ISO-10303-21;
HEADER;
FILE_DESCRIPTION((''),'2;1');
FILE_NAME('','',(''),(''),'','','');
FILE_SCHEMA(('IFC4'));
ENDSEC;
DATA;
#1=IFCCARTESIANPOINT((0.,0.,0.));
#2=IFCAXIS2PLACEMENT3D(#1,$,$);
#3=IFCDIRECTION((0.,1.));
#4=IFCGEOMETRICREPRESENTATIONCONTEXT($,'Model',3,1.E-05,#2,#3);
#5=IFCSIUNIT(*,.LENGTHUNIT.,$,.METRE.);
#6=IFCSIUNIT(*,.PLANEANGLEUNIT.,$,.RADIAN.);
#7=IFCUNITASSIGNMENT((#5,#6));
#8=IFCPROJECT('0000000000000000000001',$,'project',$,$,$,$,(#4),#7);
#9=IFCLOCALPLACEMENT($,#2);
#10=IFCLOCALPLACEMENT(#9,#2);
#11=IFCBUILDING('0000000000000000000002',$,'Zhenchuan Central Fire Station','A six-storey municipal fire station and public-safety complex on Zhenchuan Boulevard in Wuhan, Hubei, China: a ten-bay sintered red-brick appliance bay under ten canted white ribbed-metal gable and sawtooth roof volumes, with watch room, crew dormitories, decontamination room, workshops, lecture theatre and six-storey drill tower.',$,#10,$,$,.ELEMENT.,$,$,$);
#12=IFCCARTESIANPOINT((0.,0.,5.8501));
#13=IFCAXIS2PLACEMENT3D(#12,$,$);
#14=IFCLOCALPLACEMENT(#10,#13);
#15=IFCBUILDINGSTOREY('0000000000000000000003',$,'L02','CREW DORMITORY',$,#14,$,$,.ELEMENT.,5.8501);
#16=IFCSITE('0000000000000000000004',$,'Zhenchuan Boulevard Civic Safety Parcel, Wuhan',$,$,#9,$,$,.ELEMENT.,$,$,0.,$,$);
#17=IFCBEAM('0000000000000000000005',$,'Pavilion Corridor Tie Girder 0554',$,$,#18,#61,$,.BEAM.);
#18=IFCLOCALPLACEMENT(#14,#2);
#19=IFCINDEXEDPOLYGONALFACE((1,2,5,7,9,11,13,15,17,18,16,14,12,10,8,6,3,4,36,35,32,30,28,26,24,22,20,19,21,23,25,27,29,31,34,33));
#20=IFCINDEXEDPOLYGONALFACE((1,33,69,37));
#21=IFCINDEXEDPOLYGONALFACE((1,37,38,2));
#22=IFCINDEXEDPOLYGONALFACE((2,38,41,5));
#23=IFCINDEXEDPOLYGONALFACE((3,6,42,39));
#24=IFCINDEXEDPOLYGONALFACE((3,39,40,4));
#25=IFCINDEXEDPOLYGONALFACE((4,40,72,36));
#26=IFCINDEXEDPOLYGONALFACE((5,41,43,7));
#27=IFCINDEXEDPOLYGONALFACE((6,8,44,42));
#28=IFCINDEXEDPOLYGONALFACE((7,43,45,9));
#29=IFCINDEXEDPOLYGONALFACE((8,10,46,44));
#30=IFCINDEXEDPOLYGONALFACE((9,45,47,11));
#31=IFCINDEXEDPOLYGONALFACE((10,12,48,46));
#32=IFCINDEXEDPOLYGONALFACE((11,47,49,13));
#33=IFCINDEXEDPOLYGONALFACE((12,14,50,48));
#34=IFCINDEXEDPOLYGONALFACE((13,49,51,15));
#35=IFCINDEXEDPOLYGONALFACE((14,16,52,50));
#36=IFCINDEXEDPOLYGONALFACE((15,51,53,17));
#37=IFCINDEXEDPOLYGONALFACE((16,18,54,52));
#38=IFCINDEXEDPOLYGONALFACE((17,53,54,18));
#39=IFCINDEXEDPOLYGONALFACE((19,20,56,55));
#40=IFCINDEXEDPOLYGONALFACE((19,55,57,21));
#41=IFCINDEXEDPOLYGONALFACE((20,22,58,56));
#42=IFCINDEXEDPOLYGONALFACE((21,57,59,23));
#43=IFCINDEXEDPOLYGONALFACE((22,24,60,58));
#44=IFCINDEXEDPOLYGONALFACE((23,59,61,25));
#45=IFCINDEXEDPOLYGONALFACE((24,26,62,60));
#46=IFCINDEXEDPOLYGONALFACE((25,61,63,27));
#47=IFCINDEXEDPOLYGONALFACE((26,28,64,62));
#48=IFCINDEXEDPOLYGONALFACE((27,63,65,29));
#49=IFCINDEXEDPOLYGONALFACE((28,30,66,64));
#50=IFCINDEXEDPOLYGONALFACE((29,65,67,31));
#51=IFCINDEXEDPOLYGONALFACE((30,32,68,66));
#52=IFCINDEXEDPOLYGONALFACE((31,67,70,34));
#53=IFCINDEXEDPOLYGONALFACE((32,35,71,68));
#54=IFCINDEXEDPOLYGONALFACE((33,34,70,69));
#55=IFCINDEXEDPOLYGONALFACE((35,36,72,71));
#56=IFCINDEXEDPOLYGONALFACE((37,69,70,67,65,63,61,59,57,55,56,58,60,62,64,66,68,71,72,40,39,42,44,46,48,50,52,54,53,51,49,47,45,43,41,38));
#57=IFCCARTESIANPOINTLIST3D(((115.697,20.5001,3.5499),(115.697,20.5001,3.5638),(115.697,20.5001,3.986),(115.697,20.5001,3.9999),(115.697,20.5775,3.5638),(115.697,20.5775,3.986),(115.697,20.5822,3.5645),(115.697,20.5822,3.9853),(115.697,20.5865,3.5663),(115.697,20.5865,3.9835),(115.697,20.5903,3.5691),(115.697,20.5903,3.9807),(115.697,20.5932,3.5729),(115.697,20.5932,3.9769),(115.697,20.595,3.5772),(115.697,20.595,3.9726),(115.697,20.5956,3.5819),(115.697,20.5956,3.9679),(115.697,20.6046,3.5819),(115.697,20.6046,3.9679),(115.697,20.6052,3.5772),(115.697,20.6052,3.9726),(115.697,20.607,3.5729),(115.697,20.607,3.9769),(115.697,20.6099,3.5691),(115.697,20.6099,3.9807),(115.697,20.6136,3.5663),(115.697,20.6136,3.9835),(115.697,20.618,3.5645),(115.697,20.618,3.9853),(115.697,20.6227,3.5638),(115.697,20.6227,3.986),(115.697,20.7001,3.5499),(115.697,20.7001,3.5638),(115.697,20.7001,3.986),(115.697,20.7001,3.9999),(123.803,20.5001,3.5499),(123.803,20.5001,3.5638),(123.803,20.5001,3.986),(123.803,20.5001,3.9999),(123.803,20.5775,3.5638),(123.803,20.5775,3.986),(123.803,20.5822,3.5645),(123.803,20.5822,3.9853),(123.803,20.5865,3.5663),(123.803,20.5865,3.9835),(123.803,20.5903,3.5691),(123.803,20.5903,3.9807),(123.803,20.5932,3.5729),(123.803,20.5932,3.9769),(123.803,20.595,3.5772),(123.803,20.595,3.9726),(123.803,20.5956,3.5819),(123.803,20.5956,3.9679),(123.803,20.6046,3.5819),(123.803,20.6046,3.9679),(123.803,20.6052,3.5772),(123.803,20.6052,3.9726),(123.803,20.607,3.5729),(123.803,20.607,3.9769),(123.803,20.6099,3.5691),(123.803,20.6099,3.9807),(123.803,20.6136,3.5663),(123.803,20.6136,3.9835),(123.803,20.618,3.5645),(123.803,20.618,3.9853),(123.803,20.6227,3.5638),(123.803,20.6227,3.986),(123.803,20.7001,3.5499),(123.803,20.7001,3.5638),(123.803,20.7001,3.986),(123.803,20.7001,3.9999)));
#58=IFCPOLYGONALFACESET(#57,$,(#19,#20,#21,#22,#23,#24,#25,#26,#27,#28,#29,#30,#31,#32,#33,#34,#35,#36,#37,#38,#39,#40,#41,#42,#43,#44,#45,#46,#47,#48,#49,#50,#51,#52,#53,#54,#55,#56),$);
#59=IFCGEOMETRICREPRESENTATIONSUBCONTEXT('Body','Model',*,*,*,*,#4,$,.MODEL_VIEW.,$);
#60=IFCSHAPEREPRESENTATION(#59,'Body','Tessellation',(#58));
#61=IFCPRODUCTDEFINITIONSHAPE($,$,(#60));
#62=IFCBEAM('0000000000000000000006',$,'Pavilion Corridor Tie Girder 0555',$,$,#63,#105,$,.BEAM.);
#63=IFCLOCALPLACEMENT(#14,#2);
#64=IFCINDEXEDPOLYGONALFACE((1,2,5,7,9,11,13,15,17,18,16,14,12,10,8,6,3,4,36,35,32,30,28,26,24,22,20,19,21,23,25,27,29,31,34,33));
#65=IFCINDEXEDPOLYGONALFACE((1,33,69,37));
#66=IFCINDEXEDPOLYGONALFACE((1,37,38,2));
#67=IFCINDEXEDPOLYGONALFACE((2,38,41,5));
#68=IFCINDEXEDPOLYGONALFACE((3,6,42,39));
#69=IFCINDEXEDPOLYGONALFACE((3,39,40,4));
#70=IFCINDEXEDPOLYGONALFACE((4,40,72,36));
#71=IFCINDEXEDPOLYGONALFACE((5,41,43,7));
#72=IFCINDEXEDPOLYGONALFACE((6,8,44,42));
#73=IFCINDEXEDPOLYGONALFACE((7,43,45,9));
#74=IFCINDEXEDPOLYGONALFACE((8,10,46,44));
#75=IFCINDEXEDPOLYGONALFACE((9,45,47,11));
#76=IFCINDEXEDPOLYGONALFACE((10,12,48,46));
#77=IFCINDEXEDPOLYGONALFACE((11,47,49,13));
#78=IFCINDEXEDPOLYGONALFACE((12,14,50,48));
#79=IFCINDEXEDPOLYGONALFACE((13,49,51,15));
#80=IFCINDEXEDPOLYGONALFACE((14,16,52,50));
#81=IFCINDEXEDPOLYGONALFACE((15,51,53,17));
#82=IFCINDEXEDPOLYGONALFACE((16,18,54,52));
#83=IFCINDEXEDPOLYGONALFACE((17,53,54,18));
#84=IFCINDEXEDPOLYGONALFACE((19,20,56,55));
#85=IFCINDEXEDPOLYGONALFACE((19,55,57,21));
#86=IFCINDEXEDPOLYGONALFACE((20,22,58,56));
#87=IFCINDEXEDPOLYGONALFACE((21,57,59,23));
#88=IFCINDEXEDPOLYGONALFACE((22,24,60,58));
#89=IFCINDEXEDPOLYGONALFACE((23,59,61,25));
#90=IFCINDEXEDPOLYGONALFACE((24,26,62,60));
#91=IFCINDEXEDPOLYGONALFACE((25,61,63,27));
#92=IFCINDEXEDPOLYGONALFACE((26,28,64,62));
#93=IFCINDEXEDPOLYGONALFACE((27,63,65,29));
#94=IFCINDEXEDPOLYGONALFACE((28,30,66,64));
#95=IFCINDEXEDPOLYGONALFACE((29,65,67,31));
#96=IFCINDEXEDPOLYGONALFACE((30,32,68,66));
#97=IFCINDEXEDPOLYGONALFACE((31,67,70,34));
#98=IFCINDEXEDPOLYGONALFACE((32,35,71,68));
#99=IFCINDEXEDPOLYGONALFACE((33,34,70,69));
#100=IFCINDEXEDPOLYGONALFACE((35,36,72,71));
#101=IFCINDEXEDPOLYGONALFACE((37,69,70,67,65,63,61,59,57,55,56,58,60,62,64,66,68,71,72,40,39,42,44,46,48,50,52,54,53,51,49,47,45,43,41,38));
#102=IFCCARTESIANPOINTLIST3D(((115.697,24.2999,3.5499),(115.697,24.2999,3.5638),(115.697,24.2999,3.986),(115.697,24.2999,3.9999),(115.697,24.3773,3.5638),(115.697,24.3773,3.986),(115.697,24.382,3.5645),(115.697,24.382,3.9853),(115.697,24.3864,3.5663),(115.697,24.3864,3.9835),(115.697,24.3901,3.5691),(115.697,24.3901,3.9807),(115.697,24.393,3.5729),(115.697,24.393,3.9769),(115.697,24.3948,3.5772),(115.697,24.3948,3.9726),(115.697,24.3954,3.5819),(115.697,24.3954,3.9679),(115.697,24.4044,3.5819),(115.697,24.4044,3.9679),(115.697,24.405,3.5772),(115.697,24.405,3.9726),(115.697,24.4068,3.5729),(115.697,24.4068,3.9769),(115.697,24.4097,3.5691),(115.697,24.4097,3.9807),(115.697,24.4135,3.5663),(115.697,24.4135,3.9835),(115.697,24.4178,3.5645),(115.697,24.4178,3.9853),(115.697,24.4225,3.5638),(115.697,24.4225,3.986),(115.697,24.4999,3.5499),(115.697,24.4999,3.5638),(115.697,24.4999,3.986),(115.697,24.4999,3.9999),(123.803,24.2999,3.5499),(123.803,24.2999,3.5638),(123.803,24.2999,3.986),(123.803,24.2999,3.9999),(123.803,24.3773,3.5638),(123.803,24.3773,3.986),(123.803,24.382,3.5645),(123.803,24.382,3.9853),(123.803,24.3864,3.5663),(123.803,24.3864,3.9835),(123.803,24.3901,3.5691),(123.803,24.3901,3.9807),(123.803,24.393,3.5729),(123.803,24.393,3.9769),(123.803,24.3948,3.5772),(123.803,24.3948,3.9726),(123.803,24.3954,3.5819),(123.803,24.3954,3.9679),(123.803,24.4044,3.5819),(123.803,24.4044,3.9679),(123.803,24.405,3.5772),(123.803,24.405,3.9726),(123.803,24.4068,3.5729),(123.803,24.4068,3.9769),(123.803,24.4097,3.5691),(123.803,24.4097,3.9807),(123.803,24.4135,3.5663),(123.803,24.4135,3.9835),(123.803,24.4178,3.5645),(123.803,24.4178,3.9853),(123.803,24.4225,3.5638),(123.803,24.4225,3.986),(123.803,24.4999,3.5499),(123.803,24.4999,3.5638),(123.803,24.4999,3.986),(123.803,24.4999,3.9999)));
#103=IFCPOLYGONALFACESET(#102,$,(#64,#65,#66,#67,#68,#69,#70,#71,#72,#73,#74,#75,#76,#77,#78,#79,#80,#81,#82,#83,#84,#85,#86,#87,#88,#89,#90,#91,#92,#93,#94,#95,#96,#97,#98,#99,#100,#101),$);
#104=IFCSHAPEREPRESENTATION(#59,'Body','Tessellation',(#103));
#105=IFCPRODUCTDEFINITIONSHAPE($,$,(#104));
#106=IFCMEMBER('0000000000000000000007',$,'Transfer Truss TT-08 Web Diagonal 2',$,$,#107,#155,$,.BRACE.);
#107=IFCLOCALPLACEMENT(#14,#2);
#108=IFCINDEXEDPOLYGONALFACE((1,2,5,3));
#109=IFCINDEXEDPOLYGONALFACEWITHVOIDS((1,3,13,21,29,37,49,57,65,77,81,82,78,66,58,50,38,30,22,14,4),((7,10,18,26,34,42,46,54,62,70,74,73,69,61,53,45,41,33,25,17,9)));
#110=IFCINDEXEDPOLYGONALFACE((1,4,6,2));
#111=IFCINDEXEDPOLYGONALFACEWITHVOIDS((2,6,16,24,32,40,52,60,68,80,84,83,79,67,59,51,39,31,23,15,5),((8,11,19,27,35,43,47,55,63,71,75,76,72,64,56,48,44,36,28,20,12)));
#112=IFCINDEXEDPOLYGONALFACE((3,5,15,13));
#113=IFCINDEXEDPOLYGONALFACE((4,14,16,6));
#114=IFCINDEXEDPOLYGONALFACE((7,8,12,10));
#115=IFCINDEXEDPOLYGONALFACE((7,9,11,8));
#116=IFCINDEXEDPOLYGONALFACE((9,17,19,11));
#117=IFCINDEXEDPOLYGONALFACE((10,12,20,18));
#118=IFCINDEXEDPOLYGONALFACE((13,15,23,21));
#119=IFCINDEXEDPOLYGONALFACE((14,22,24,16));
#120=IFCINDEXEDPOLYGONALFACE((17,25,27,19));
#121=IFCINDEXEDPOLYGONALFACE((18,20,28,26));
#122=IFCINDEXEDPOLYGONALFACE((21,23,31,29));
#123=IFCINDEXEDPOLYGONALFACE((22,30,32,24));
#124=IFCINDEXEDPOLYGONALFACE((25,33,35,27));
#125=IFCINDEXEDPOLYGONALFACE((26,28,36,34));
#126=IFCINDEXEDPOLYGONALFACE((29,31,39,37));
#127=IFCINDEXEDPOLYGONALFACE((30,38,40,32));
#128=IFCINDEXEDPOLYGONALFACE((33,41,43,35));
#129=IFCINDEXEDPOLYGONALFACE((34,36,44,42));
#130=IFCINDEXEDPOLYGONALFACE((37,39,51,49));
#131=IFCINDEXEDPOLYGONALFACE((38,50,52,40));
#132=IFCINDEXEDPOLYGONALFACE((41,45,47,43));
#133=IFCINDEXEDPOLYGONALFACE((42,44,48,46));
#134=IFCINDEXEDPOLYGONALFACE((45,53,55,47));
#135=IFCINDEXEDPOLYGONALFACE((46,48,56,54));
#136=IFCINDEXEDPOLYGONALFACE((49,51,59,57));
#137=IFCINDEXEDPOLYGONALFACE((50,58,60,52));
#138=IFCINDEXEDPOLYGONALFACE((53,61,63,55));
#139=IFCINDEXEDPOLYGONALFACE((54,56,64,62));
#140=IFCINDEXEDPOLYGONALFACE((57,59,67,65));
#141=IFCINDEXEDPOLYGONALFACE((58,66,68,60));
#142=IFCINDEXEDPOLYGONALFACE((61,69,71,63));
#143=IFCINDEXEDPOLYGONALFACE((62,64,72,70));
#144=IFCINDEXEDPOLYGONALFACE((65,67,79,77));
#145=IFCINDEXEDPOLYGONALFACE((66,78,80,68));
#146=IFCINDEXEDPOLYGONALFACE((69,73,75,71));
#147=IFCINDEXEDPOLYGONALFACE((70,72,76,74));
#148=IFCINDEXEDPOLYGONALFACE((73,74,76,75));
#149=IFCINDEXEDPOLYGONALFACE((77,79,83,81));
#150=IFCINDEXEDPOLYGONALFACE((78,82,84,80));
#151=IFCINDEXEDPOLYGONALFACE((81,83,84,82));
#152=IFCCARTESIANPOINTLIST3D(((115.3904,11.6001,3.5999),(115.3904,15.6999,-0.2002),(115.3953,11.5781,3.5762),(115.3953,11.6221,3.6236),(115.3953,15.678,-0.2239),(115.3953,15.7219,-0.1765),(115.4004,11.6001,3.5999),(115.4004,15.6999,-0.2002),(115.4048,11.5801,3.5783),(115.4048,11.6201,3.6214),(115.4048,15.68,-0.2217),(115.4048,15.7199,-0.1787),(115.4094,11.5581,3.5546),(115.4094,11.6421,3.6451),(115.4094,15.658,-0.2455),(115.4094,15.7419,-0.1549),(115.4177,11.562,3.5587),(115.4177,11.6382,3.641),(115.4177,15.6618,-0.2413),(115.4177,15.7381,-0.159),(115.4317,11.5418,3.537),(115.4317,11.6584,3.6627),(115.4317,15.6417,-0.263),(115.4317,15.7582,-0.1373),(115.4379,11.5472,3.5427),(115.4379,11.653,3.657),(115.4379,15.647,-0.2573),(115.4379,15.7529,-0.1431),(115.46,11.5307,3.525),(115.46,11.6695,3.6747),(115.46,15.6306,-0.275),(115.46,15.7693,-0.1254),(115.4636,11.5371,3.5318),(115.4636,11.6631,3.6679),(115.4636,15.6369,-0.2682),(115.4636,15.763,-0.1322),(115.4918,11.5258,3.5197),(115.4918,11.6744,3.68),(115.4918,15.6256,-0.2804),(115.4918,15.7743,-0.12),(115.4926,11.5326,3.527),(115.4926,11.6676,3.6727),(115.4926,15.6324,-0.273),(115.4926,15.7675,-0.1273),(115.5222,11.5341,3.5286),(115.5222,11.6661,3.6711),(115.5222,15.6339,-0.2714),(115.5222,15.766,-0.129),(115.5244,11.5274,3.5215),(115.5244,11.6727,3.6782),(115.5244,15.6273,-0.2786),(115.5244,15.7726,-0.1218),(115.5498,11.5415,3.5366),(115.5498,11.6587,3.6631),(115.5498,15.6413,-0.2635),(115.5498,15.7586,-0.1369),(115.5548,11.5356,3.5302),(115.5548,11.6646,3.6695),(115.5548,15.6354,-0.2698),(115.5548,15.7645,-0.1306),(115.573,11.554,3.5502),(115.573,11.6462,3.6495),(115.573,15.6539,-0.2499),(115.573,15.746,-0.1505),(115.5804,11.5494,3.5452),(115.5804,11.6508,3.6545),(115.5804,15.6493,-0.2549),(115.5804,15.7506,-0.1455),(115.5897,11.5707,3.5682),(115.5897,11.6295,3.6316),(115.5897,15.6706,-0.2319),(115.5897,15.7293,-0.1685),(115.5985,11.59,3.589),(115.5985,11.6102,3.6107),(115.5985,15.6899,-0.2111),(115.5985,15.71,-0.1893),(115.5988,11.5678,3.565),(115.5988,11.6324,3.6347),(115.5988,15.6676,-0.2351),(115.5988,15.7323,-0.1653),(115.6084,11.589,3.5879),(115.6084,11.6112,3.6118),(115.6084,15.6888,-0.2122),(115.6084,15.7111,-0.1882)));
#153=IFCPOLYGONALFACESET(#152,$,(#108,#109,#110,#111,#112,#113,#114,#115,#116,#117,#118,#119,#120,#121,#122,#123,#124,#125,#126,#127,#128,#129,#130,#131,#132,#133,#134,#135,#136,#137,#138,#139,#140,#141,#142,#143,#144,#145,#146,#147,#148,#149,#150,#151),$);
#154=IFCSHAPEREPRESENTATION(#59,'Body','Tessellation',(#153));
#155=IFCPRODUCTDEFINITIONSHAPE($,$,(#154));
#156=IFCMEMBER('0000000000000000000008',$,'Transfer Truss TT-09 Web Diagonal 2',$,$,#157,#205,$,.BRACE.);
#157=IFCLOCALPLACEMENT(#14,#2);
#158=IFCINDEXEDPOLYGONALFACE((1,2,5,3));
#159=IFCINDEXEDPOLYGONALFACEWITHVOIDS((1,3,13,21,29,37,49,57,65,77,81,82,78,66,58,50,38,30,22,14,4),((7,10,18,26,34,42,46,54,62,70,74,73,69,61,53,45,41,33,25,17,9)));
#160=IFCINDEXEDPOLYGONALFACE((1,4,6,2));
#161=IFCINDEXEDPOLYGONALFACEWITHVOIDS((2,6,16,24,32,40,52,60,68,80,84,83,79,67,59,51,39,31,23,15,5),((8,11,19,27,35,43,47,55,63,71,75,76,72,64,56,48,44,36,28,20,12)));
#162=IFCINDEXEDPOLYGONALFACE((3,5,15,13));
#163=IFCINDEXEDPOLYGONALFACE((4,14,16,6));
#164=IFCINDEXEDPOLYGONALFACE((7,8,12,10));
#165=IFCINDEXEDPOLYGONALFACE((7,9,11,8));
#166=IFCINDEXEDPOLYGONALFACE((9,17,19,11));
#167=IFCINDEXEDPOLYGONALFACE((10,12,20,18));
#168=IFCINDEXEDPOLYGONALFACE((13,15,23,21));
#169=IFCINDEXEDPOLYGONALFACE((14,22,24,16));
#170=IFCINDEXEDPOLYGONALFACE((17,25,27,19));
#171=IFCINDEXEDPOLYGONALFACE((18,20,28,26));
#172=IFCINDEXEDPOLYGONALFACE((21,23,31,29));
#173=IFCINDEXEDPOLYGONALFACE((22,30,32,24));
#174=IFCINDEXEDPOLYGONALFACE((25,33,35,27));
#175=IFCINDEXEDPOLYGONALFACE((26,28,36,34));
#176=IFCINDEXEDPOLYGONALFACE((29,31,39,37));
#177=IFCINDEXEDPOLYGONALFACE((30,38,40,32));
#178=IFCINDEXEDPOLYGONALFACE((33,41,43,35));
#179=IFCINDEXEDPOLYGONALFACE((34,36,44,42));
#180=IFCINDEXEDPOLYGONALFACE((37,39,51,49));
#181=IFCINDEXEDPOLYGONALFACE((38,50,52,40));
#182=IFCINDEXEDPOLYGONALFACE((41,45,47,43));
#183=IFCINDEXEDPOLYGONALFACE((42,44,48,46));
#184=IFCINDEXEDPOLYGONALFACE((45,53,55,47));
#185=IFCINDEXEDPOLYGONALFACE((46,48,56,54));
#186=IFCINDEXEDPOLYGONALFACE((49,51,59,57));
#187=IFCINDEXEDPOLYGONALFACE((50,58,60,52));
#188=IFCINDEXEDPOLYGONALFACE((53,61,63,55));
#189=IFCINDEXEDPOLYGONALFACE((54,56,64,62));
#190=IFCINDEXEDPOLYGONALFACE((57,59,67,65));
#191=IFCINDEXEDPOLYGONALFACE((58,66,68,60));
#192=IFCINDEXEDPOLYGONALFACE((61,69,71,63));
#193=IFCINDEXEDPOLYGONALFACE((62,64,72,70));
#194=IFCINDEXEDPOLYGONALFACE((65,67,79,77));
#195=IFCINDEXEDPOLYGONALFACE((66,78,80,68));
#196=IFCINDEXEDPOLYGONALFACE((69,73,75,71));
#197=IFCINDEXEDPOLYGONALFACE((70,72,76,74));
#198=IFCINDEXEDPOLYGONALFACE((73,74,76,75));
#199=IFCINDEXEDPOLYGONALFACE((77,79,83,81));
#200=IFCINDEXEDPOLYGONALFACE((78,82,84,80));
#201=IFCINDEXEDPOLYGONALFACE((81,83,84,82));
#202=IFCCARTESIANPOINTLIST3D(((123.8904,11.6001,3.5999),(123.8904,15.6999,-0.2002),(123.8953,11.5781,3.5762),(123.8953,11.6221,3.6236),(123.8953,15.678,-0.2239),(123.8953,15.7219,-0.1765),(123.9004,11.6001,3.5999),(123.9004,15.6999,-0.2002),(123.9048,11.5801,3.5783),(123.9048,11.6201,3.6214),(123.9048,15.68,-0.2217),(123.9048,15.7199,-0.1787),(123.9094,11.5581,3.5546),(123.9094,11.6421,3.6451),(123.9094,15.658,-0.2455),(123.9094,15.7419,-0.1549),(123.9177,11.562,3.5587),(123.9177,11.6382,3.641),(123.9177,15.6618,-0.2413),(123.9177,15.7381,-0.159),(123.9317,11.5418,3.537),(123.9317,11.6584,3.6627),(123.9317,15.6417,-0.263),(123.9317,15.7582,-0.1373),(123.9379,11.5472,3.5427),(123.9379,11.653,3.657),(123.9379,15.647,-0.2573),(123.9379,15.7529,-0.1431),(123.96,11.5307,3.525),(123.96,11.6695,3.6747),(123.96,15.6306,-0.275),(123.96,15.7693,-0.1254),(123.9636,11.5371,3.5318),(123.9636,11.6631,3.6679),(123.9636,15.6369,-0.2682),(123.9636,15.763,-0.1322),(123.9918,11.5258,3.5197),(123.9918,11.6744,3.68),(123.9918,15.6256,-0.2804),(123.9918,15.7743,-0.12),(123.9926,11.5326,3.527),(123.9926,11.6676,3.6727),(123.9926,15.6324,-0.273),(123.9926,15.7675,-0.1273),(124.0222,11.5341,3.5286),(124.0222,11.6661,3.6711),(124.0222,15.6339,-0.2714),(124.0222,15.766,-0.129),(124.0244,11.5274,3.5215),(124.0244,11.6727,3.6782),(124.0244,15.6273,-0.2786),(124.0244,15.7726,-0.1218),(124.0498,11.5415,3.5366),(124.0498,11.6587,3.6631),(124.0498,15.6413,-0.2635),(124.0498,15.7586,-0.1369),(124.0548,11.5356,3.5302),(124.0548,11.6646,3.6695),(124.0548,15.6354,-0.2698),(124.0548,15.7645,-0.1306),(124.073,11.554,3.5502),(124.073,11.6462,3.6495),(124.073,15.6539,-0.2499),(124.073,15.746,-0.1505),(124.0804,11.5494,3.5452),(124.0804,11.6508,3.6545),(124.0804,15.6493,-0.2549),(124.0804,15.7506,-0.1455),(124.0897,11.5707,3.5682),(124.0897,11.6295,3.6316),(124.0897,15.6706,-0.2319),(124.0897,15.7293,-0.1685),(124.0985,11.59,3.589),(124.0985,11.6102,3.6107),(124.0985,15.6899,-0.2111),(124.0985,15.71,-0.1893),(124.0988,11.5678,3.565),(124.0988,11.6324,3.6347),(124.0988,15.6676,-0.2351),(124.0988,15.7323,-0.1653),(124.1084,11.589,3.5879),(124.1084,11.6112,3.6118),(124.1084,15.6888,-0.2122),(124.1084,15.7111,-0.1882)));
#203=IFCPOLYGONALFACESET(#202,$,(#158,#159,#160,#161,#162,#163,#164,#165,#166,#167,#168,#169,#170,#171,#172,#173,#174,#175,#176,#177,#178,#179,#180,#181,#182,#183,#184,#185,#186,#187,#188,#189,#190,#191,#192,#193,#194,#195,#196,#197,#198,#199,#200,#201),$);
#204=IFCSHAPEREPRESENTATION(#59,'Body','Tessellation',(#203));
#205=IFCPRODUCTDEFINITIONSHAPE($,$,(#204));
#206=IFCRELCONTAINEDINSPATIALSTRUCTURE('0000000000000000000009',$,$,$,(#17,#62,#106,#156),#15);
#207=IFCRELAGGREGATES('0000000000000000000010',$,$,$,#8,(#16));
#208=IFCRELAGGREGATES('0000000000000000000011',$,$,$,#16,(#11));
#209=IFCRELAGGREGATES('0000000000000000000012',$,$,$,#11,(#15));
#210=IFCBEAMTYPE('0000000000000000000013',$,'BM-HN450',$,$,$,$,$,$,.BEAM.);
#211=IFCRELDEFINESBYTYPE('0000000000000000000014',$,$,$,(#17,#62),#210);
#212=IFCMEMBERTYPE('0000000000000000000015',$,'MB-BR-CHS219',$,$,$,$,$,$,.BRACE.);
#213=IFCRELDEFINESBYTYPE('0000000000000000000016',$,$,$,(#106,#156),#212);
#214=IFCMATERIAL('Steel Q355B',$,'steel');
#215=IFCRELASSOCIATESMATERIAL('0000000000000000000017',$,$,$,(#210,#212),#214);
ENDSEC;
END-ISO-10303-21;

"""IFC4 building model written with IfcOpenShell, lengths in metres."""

from ifc_helpers import new_model, si_unit, direction, frame, origin, origin_2d, place, context, subcontext, project, spatial, hollow_circle, i_section, extrude, material, material_profile, profile_set, type_object, element, save


model = new_model("IFC4")

# Units and contexts
model_context = context("Model", 3, precision=1e-05, world=origin(), true_north=direction((0.0, 1.0)))
body_context = subcontext(model_context, "Body", "Model", "MODEL_VIEW")
ifc_project = project(units=[si_unit("LENGTHUNIT", "METRE"), si_unit("PLANEANGLEUNIT", "RADIAN")], contexts=[model_context])

# Site, building, storey
site_placement = place(None, origin())
site = spatial("IfcSite", under=ifc_project, at=site_placement, Name="Zhenchuan Boulevard Civic Safety Parcel, Wuhan", CompositionType="ELEMENT", RefElevation=0.0)
building_placement = place(site_placement, origin())
building = spatial("IfcBuilding", under=site, at=building_placement, Name="Zhenchuan Central Fire Station", Description="A six-storey municipal fire station and public-safety complex on Zhenchuan Boulevard in Wuhan, Hubei, China: a ten-bay sintered red-brick appliance bay under ten canted white ribbed-metal gable and sawtooth roof volumes, with watch room, crew dormitories, decontamination room, workshops, lecture theatre and six-storey drill tower.", CompositionType="ELEMENT")
storey_placement = place(building_placement, frame((0.0, 0.0, 5.8501)))
storey = spatial("IfcBuildingStorey", under=building, at=storey_placement, Name="L02", Description="CREW DORMITORY", CompositionType="ELEMENT", Elevation=5.8501)

# Beams
ifc_material_1 = material(Name="Steel Q355B", Category="steel")
ifc_material_profile_1 = material_profile(ifc_material_1, i_section(OverallWidth=0.2, OverallDepth=0.45, WebThickness=0.009, FlangeThickness=0.0139, FilletRadius=0.0181, at=origin_2d()), Name="HN 450x200")
ifc_profile_set_1 = profile_set([ifc_material_profile_1], Name="Steel Q355B")
beam_type = type_object("IfcBeamType", Name="BM-HN450", PredefinedType="BEAM", material=ifc_profile_set_1)
for number, where, z_axis, x_axis, name in (
    (1, (115.697, 20.6001, 3.7749), (1.0, 0.0, 0.0), (0.0, 1.0, 0.0), "Pavilion Corridor Tie Girder 0554"),
    (2, (115.697, 24.3999, 3.7749), (1.0, 0.0, 0.0), (0.0, 1.0, 0.0), "Pavilion Corridor Tie Girder 0555"),
):
    element("IfcBeam", number, at=place(storey_placement, frame(where, z_axis=z_axis, x_axis=x_axis)), inside=storey, type_object=beam_type, Name=name, PredefinedType="BEAM", context=body_context, shape_type="SweptSolid", body=[
        extrude(i_section(OverallWidth=0.2, OverallDepth=0.45, WebThickness=0.009, FlangeThickness=0.0139, FilletRadius=0.0181, at=origin_2d()), origin(), (0.0, 0.0, 1.0), 8.106),
    ])

# Members
ifc_material_profile_2 = material_profile(ifc_material_1, hollow_circle(Radius=0.1096, WallThickness=0.01, at=origin_2d()), Name="CHS 219.1x10")
ifc_profile_set_2 = profile_set([ifc_material_profile_2], Name="Steel Q355B")
member_type_1 = type_object("IfcMemberType", Name="MB-BR-CHS219", PredefinedType="BRACE", material=ifc_profile_set_2)
for number, where, z_axis, x_axis, name in (
    (3, (115.5, 11.6001, 3.5999), (0.0, 0.733414, -0.679782), (-1.0, 0.0, 0.0), "Transfer Truss TT-08 Web Diagonal 2"),
    (4, (124.0, 11.6001, 3.5999), (0.0, 0.733414, -0.679782), (-1.0, 0.0, 0.0), "Transfer Truss TT-09 Web Diagonal 2"),
):
    element("IfcMember", number, at=place(storey_placement, frame(where, z_axis=z_axis, x_axis=x_axis)), inside=storey, type_object=member_type_1, Name=name, PredefinedType="BRACE", context=body_context, shape_type="SweptSolid", body=[
        extrude(hollow_circle(Radius=0.1096, WallThickness=0.01, at=origin_2d()), origin(), (0.0, 0.0, 1.0), 5.5901),
    ])

save(model, "model.ifc")
